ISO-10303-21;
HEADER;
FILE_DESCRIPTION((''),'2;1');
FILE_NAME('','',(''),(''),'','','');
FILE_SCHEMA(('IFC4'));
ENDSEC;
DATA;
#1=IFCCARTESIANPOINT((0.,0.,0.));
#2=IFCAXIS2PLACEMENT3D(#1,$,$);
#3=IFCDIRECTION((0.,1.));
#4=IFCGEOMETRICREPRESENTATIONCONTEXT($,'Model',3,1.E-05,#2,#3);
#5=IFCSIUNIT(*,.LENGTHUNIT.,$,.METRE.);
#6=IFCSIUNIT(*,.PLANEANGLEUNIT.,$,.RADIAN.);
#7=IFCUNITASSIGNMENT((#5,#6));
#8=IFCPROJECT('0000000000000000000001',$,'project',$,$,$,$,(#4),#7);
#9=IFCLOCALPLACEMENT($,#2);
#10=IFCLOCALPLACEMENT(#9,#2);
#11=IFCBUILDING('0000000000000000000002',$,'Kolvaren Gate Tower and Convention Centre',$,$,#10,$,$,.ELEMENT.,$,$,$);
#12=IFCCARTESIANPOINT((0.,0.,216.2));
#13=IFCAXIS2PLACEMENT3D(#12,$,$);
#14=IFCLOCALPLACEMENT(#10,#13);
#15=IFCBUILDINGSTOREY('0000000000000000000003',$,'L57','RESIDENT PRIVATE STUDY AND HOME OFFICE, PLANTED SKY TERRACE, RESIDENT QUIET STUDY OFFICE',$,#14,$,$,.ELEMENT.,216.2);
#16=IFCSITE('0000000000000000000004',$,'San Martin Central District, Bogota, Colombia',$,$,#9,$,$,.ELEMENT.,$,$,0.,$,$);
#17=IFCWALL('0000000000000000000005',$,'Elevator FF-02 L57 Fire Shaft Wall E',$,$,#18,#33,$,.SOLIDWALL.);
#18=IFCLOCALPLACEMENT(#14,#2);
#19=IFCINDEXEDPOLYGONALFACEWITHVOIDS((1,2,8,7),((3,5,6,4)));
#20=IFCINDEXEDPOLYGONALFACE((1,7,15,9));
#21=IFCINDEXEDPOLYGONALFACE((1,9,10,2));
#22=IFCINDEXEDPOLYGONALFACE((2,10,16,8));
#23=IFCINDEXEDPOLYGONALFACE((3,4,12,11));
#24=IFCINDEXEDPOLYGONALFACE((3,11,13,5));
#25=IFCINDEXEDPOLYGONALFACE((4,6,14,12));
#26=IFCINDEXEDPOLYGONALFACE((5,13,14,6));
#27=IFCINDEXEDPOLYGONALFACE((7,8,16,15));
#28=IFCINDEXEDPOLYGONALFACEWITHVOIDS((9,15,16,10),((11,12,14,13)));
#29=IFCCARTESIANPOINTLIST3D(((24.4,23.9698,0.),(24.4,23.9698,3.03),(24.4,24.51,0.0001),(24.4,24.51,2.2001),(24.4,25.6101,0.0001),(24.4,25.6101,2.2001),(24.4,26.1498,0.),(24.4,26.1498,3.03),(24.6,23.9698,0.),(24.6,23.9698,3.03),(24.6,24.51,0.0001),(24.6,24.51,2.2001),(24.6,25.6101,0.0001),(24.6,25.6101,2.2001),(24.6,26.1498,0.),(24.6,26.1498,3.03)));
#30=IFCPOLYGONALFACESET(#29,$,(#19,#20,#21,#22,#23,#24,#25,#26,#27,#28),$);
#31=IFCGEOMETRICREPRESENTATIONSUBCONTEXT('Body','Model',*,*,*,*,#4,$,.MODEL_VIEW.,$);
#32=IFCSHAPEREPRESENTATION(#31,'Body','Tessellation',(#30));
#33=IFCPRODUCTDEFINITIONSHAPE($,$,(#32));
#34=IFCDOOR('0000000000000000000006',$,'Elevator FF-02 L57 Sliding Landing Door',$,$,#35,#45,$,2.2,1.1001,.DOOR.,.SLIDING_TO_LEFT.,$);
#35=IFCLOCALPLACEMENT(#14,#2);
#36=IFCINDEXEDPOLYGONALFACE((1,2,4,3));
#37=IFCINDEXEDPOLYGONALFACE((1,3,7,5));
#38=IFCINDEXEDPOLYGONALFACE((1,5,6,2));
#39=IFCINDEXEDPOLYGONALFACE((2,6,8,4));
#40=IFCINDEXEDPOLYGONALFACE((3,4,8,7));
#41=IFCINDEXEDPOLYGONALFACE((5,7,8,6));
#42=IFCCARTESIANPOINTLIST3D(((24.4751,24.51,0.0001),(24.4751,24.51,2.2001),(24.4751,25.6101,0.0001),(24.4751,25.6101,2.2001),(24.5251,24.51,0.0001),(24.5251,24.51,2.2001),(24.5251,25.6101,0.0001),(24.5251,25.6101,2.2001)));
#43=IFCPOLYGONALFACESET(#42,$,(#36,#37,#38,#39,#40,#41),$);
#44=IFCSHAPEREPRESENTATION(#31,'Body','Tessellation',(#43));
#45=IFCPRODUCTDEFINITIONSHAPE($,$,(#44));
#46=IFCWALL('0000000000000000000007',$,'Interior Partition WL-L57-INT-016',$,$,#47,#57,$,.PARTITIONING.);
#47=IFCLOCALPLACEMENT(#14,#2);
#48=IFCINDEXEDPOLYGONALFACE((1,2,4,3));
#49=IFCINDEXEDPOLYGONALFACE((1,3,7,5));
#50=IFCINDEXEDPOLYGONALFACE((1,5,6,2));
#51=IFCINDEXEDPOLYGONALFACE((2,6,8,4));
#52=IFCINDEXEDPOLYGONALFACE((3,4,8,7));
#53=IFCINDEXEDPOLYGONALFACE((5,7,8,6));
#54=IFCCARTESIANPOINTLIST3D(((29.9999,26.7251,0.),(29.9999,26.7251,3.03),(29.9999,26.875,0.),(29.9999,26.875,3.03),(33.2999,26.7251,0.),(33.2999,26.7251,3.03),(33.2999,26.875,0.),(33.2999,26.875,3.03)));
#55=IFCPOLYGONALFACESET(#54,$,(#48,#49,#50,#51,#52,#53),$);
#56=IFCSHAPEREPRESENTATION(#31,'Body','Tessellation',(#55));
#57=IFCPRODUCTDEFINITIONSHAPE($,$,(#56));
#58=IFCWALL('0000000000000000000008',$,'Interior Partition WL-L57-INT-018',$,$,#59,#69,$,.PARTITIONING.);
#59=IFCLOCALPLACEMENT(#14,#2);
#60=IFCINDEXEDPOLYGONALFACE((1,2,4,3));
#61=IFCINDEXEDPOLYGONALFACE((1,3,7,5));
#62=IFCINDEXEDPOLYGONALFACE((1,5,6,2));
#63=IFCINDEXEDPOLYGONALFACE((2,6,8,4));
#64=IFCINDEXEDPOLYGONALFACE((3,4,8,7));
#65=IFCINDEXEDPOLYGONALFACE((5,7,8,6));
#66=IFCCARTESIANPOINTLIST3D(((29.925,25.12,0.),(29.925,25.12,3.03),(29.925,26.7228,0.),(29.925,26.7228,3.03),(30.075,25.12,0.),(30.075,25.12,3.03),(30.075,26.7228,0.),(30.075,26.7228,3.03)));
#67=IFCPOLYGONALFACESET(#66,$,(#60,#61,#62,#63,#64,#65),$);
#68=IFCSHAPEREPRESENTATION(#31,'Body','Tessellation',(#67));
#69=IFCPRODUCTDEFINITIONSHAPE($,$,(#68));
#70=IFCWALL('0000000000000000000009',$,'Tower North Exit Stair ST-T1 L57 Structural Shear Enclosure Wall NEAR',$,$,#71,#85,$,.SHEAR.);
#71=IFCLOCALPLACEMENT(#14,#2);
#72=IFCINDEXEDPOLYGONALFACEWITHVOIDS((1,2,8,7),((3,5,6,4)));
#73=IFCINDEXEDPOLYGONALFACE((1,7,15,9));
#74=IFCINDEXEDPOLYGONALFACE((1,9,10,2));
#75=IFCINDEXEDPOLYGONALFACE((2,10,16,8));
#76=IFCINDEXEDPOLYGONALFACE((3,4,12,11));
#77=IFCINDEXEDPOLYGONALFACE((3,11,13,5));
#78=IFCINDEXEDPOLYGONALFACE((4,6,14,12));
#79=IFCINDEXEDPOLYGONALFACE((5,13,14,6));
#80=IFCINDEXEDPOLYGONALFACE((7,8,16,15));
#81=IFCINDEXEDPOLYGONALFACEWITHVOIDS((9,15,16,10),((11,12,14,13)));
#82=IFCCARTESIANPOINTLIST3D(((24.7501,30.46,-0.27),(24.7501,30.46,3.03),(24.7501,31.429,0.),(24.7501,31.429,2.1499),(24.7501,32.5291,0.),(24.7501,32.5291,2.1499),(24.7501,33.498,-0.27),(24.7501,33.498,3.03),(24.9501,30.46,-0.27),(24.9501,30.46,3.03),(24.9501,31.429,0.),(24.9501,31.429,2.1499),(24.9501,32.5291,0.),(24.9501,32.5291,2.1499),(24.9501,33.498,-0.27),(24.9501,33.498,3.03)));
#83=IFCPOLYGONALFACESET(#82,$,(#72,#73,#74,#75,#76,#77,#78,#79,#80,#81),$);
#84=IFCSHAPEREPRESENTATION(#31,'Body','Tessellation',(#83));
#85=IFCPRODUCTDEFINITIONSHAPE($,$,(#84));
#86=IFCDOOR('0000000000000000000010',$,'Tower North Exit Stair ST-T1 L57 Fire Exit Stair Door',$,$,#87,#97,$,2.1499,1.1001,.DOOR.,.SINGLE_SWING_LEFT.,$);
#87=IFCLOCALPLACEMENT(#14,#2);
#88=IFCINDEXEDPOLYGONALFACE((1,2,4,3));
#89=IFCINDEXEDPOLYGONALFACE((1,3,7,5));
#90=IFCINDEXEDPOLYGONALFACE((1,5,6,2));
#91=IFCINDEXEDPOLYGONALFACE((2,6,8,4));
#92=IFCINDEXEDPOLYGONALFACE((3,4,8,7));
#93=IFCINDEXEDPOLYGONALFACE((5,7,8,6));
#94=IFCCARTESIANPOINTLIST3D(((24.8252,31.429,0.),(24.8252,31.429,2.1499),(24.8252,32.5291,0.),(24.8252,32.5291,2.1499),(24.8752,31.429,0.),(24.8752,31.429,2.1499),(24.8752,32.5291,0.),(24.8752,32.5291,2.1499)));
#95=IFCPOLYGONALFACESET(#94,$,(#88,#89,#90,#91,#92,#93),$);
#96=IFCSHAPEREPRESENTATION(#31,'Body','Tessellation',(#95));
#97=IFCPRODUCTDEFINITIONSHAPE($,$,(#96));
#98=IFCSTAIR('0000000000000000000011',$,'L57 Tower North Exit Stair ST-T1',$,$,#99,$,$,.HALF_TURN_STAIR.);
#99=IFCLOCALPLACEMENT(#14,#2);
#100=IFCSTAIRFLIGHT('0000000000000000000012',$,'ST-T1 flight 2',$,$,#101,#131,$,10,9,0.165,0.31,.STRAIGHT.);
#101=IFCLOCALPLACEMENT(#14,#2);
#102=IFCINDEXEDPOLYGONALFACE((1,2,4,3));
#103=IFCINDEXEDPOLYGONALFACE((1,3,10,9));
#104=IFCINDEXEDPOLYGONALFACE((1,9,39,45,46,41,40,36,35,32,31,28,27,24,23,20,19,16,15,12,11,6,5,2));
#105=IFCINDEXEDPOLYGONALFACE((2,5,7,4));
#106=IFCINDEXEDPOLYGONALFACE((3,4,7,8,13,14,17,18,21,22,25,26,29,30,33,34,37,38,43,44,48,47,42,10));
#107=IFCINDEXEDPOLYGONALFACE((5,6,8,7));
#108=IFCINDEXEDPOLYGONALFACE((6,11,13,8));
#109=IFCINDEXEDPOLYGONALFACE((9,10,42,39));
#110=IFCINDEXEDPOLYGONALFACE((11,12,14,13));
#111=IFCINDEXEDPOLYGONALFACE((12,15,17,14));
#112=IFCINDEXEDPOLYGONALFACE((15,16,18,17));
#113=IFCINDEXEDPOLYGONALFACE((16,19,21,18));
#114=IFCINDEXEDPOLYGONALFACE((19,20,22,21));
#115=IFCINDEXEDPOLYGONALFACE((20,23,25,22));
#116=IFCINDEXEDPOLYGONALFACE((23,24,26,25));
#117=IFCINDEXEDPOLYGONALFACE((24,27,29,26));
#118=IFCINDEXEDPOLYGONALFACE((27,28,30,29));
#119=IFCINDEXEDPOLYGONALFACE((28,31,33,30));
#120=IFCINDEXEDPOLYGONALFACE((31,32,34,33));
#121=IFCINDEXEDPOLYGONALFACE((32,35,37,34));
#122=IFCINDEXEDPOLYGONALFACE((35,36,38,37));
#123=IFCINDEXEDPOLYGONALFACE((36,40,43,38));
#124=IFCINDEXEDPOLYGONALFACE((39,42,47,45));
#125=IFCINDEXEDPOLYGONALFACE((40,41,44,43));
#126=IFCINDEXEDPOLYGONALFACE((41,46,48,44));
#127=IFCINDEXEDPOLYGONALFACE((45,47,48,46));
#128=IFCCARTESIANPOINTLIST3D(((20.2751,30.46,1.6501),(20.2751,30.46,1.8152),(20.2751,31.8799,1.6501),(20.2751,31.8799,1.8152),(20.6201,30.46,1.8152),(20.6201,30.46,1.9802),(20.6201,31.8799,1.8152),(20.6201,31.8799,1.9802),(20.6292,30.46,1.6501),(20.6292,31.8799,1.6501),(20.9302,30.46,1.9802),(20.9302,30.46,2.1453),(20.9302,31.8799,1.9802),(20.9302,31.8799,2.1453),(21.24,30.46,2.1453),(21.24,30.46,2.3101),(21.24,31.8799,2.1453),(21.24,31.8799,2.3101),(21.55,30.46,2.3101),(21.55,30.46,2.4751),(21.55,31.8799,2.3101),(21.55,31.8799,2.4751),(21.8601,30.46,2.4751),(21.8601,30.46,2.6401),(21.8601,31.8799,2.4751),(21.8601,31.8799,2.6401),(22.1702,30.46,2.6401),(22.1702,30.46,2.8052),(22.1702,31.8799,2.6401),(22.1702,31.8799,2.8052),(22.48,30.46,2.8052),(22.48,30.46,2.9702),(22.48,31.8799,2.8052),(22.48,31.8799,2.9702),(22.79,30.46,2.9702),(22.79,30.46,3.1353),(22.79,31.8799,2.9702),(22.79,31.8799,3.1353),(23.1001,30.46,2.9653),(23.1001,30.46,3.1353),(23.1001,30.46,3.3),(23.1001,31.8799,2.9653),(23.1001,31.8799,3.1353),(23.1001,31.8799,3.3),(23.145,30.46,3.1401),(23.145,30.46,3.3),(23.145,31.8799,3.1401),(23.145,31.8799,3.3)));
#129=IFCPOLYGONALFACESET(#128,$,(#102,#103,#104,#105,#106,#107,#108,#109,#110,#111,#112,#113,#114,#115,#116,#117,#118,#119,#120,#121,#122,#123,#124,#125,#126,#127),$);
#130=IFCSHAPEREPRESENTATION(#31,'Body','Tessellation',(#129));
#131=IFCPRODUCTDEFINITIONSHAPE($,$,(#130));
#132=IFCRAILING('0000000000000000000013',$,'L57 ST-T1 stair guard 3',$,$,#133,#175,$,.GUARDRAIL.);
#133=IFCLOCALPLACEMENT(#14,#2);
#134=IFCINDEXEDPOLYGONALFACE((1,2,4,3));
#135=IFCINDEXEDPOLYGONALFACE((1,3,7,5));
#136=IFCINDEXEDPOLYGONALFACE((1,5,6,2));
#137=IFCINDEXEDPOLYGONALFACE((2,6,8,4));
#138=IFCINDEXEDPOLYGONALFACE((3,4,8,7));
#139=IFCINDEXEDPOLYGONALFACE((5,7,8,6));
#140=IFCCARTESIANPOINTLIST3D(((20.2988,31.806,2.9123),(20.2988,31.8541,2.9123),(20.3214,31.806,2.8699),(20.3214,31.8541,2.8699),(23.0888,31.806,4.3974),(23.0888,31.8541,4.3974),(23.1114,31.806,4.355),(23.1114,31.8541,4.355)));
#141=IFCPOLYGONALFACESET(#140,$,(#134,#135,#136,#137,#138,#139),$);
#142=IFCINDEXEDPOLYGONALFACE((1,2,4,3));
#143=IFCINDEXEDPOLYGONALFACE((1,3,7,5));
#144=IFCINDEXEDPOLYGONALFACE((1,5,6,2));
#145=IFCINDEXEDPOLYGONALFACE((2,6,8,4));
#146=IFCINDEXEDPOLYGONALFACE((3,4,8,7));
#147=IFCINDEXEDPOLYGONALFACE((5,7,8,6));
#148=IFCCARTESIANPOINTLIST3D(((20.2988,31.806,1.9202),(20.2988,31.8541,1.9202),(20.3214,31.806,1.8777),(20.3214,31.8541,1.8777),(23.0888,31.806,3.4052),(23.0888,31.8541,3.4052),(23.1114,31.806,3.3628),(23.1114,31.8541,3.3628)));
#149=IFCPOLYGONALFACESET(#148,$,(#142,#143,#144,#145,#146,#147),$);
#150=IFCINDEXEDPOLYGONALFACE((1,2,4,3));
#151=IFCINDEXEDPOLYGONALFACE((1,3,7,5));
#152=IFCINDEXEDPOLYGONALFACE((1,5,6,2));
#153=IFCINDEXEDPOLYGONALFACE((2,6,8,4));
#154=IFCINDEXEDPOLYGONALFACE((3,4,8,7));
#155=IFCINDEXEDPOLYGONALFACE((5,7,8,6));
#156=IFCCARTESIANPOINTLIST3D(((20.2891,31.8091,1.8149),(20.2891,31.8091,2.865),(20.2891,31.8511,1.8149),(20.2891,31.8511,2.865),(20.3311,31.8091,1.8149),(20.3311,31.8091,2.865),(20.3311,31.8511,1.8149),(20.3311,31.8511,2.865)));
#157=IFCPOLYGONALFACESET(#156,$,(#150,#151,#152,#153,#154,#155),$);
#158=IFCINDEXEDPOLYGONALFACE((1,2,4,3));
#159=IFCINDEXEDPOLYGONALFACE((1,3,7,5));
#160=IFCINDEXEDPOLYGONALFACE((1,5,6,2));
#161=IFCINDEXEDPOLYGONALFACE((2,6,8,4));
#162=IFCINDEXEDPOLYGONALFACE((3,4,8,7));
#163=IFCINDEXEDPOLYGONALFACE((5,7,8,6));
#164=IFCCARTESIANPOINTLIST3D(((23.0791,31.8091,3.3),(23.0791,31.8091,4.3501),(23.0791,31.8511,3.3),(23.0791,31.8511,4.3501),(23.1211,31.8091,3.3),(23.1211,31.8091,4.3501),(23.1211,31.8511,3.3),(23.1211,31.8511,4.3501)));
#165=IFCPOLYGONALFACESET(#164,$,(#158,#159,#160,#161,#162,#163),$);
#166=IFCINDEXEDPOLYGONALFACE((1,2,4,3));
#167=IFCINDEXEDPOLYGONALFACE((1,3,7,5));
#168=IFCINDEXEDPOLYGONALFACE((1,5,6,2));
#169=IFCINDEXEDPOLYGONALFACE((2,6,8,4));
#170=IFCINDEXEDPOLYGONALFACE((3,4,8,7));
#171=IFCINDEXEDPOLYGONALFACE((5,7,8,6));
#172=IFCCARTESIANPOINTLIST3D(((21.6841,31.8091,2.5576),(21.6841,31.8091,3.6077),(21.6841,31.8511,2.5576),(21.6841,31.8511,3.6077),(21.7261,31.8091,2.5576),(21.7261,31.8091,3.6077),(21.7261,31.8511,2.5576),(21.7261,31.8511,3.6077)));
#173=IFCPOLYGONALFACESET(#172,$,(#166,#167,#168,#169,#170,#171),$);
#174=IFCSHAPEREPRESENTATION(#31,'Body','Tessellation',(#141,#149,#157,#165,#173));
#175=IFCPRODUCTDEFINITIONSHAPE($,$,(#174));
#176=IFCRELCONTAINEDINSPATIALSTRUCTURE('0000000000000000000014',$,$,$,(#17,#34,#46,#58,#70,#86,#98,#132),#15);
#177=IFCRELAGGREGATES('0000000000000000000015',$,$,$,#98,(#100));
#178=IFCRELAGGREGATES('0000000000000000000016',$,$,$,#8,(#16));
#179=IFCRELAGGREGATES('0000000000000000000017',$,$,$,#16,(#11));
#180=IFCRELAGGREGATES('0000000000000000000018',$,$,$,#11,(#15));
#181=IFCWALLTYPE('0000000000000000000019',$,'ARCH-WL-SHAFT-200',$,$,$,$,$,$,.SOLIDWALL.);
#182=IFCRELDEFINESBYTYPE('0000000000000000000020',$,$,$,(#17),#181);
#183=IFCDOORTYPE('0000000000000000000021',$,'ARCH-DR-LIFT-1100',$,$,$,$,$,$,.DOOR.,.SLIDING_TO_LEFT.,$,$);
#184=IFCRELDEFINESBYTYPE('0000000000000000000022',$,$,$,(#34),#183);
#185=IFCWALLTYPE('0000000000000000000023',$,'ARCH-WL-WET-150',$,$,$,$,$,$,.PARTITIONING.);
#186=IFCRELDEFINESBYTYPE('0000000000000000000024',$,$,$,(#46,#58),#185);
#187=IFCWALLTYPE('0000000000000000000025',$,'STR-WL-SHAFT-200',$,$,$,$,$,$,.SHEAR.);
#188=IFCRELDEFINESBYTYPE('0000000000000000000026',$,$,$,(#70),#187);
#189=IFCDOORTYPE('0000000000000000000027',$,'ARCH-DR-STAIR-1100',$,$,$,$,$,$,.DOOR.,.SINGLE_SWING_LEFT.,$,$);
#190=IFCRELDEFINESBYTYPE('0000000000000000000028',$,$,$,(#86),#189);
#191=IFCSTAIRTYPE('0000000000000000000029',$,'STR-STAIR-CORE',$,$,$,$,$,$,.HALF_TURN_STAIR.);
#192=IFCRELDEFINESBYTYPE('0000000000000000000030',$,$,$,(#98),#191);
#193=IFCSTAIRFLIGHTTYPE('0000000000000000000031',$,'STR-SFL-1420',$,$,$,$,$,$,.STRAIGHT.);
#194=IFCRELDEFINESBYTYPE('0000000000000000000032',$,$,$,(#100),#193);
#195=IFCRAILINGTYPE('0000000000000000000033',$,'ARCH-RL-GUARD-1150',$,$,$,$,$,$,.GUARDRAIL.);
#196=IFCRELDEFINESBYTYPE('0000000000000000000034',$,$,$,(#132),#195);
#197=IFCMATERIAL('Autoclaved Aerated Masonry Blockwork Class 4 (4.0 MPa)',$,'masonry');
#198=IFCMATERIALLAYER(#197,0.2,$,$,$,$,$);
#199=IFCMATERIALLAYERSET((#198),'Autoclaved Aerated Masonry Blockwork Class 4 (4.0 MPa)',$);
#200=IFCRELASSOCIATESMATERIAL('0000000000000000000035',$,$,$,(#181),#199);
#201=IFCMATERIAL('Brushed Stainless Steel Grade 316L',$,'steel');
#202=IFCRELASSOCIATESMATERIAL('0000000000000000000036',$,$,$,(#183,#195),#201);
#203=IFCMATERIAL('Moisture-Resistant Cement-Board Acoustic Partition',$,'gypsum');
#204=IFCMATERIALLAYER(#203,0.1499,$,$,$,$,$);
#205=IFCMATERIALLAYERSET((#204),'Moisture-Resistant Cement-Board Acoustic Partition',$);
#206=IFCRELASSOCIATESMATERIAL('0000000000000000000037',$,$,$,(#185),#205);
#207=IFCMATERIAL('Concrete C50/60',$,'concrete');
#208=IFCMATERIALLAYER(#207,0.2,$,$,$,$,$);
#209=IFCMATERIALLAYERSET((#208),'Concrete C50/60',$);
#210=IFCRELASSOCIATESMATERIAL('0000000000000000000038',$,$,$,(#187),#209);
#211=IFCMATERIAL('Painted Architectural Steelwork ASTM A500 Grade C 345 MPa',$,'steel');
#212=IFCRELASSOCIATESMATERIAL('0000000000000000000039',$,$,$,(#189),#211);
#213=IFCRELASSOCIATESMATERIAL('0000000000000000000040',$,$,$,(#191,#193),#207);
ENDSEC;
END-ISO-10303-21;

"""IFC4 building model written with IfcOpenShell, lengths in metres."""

from ifc_helpers import new_model, si_unit, direction, frame, frame_2d, origin, origin_2d, place, context, subcontext, project, spatial, polyline, rectangle, outline, extrude, material, layer, layer_set, type_object, element, fill, aggregate, save


model = new_model("IFC4")

# Units and contexts
model_context = context("Model", 3, precision=1e-05, world=origin(), true_north=direction((0.0, 1.0)))
body_context = subcontext(model_context, "Body", "Model", "MODEL_VIEW")
ifc_project = project(units=[si_unit("LENGTHUNIT", "METRE"), si_unit("PLANEANGLEUNIT", "RADIAN")], contexts=[model_context])

# Site, building, storey
site_placement = place(None, origin())
site = spatial("IfcSite", under=ifc_project, at=site_placement, Name="San Martin Central District, Bogota, Colombia", CompositionType="ELEMENT", RefElevation=0.0)
building_placement = place(site_placement, origin())
building = spatial("IfcBuilding", under=site, at=building_placement, Name="Kolvaren Gate Tower and Convention Centre", CompositionType="ELEMENT")
storey_placement = place(building_placement, frame((0.0, 0.0, 216.2)))
storey = spatial("IfcBuildingStorey", under=building, at=storey_placement, Name="L57", Description="RESIDENT PRIVATE STUDY AND HOME OFFICE, PLANTED SKY TERRACE, RESIDENT QUIET STUDY OFFICE", CompositionType="ELEMENT", Elevation=216.2)

# Shared definitions
ifc_material_1 = material(Name="Autoclaved Aerated Masonry Blockwork Class 4 (4.0 MPa)", Category="masonry")
ifc_layer_1 = layer(ifc_material_1, 0.2)
ifc_layer_set_1 = layer_set([ifc_layer_1], Name="Autoclaved Aerated Masonry Blockwork Class 4 (4.0 MPa)")
wall_type_1 = type_object("IfcWallType", Name="ARCH-WL-SHAFT-200", PredefinedType="SOLIDWALL", material=ifc_layer_set_1)

# Shared definitions
ifc_material_2 = material(Name="Brushed Stainless Steel Grade 316L", Category="steel")
door_type_1 = type_object("IfcDoorType", Name="ARCH-DR-LIFT-1100", OperationType="SLIDING_TO_LEFT", PredefinedType="DOOR", material=ifc_material_2)

# Wall, opening, door
wall_1_placement = place(storey_placement, frame((24.5, 23.97, 0.0), z_axis=(0.0, 0.0, 1.0), x_axis=(0.0, 1.0, 0.0)))
wall_1 = element("IfcWall", 1, at=wall_1_placement, inside=storey, type_object=wall_type_1, Name="Elevator FF-02 L57 Fire Shaft Wall E", PredefinedType="SOLIDWALL", context=body_context, shape_type="SweptSolid", body=[
    extrude(rectangle(XDim=2.1799, YDim=0.2, at=frame_2d((1.0898, 0.0))), origin(), (0.0, 0.0, 1.0), 3.03),
])
opening_1_placement = place(wall_1_placement, frame((0.54, 0.0, 0.0)))
opening_1 = element("IfcOpeningElement", 2, at=opening_1_placement, cuts=wall_1, PredefinedType="OPENING", context=body_context, shape_type="SweptSolid", body=[
    extrude(rectangle(XDim=1.1001, YDim=2.2, at=frame_2d((0.55, 1.1001))), frame((0.0, 0.1099, 0.0), z_axis=(0.0, -1.0, 0.0), x_axis=(1.0, 0.0, 0.0)), (0.0, 0.0, 1.0), 0.22),
])
door_1_placement = place(opening_1_placement, origin())
door_1 = element("IfcDoor", 3, at=door_1_placement, inside=storey, type_object=door_type_1, Name="Elevator FF-02 L57 Sliding Landing Door", OperationType="SLIDING_TO_LEFT", OverallHeight=2.2, OverallWidth=1.1001, PredefinedType="DOOR", context=body_context, shape_type="SweptSolid", body=[
    extrude(rectangle(XDim=1.1001, YDim=2.2, at=frame_2d((0.55, 1.1001))), frame((0.0, 0.0249, 0.0), z_axis=(0.0, -1.0, 0.0), x_axis=(1.0, 0.0, 0.0)), (0.0, 0.0, 1.0), 0.05),
])
fill(opening_1, door_1)

# Walls
ifc_material_3 = material(Name="Moisture-Resistant Cement-Board Acoustic Partition", Category="gypsum")
ifc_layer_2 = layer(ifc_material_3, 0.1499)
ifc_layer_set_2 = layer_set([ifc_layer_2], Name="Moisture-Resistant Cement-Board Acoustic Partition")
wall_type_2 = type_object("IfcWallType", Name="ARCH-WL-WET-150", PredefinedType="PARTITIONING", material=ifc_layer_set_2)
wall_2_placement = place(storey_placement, frame((30.0, 26.8, 0.0), z_axis=(0.0, 0.0, 1.0), x_axis=(1.0, 0.0, 0.0)))
element("IfcWall", 4, at=wall_2_placement, inside=storey, type_object=wall_type_2, Name="Interior Partition WL-L57-INT-016", PredefinedType="PARTITIONING", context=body_context, shape_type="SweptSolid", body=[
    extrude(rectangle(XDim=3.3, YDim=0.1499, at=frame_2d((1.6499, 0.0))), origin(), (0.0, 0.0, 1.0), 3.03),
])
wall_3_placement = place(storey_placement, frame((30.0, 25.1201, 0.0), z_axis=(0.0, 0.0, 1.0), x_axis=(0.0, 1.0, 0.0)))
element("IfcWall", 5, at=wall_3_placement, inside=storey, type_object=wall_type_2, Name="Interior Partition WL-L57-INT-018", PredefinedType="PARTITIONING", context=body_context, shape_type="SweptSolid", body=[
    extrude(rectangle(XDim=1.6028, YDim=0.1499, at=frame_2d((0.8013, 0.0))), origin(), (0.0, 0.0, 1.0), 3.03),
])

# Wall, opening, door
ifc_material_4 = material(Name="Concrete C50/60", Category="concrete")
ifc_layer_3 = layer(ifc_material_4, 0.2)
ifc_layer_set_3 = layer_set([ifc_layer_3], Name="Concrete C50/60")
wall_type_3 = type_object("IfcWallType", Name="STR-WL-SHAFT-200", PredefinedType="SHEAR", material=ifc_layer_set_3)
wall_4_placement = place(storey_placement, frame((24.8501, 30.46, -0.27), z_axis=(0.0, 0.0, 1.0), x_axis=(0.0, 1.0, 0.0)))
wall_4 = element("IfcWall", 6, at=wall_4_placement, inside=storey, type_object=wall_type_3, Name="Tower North Exit Stair ST-T1 L57 Structural Shear Enclosure Wall NEAR", PredefinedType="SHEAR", context=body_context, shape_type="SweptSolid", body=[
    extrude(rectangle(XDim=3.0381, YDim=0.2, at=frame_2d((1.519, 0.0))), origin(), (0.0, 0.0, 1.0), 3.3),
])
opening_2_placement = place(wall_4_placement, frame((0.969, 0.0, 0.27)))
opening_2 = element("IfcOpeningElement", 7, at=opening_2_placement, cuts=wall_4, PredefinedType="OPENING", context=body_context, shape_type="SweptSolid", body=[
    extrude(rectangle(XDim=1.1001, YDim=2.1499, at=frame_2d((0.55, 1.075))), frame((0.0, 0.1099, 0.0), z_axis=(0.0, -1.0, 0.0), x_axis=(1.0, 0.0, 0.0)), (0.0, 0.0, 1.0), 0.22),
])
ifc_material_5 = material(Name="Painted Architectural Steelwork ASTM A500 Grade C 345 MPa", Category="steel")
door_type_2 = type_object("IfcDoorType", Name="ARCH-DR-STAIR-1100", OperationType="SINGLE_SWING_LEFT", PredefinedType="DOOR", material=ifc_material_5)
door_2_placement = place(opening_2_placement, origin())
door_2 = element("IfcDoor", 8, at=door_2_placement, inside=storey, type_object=door_type_2, Name="Tower North Exit Stair ST-T1 L57 Fire Exit Stair Door", OperationType="SINGLE_SWING_LEFT", OverallHeight=2.1499, OverallWidth=1.1001, PredefinedType="DOOR", context=body_context, shape_type="SweptSolid", body=[
    extrude(rectangle(XDim=1.1001, YDim=2.1499, at=frame_2d((0.55, 1.075))), frame((0.0, 0.0249, 0.0), z_axis=(0.0, -1.0, 0.0), x_axis=(1.0, 0.0, 0.0)), (0.0, 0.0, 1.0), 0.05),
])
fill(opening_2, door_2)

# Stair, stair flight
stair_type = type_object("IfcStairType", Name="STR-STAIR-CORE", PredefinedType="HALF_TURN_STAIR", material=ifc_material_4)
stair_placement = place(storey_placement, origin())
stair = element("IfcStair", 9, at=stair_placement, inside=storey, type_object=stair_type, Name="L57 Tower North Exit Stair ST-T1", PredefinedType="HALF_TURN_STAIR")
stair_flight_type = type_object("IfcStairFlightType", Name="STR-SFL-1420", PredefinedType="STRAIGHT", material=ifc_material_4)
stair_flight_placement = place(storey_placement, frame((20.3101, 31.1699, 1.6501), z_axis=(0.0, 0.0, 1.0), x_axis=(1.0, 0.0, 0.0)))
stair_flight = element("IfcStairFlight", 10, at=stair_flight_placement, type_object=stair_flight_type, Name="ST-T1 flight 2", NumberOfRisers=10, NumberOfTreads=9, PredefinedType="STRAIGHT", RiserHeight=0.165, TreadLength=0.31, context=body_context, shape_type="SweptSolid", body=[
    extrude(outline(polyline([(-0.0349, 0.0), (-0.0349, 0.165), (0.3101, 0.165), (0.3101, 0.3301), (0.6201, 0.3301), (0.6201, 0.4951), (0.9299, 0.4951), (0.9299, 0.6599), (1.24, 0.6599), (1.24, 0.825), (1.55, 0.825), (1.55, 0.99), (1.8601, 0.99), (1.8601, 1.155), (2.1699, 1.155), (2.1699, 1.3201), (2.48, 1.3201), (2.48, 1.4851), (2.79, 1.4851), (2.79, 1.6499), (2.835, 1.6499), (2.835, 1.49), (2.79, 1.3152), (0.3191, 0.0), (-0.0349, 0.0)])), frame((0.0, 0.71, 0.0), z_axis=(0.0, -1.0, 0.0), x_axis=(1.0, 0.0, 0.0)), (0.0, 0.0, 1.0), 1.4199),
])
aggregate(stair, [stair_flight])

# Railing
railing_type_1 = type_object("IfcRailingType", Name="ARCH-RL-GUARD-1150", PredefinedType="GUARDRAIL", material=ifc_material_2)
railing_1_placement = place(storey_placement, frame((20.3101, 31.8301, 1.8149)))
element("IfcRailing", 11, at=railing_1_placement, inside=storey, type_object=railing_type_1, Name="L57 ST-T1 stair guard 3", PredefinedType="GUARDRAIL", context=body_context, shape_type="SweptSolid", body=[
    extrude(rectangle(XDim=0.0481, YDim=0.0481, at=origin_2d()), frame((0.0, 0.0, 1.0762), z_axis=(0.882735, 0.0, 0.46987), x_axis=(0.0, 1.0, 0.0)), (0.0, 0.0, 1.0), 3.1606),
    extrude(rectangle(XDim=0.0481, YDim=0.0481, at=origin_2d()), frame((0.0, 0.0, 0.084), z_axis=(0.882735, 0.0, 0.46987), x_axis=(0.0, 1.0, 0.0)), (0.0, 0.0, 1.0), 3.1606),
    extrude(rectangle(XDim=0.042, YDim=0.042, at=origin_2d()), origin(), (0.0, 0.0, 1.0), 1.05),
    extrude(rectangle(XDim=0.042, YDim=0.042, at=origin_2d()), frame((2.79, 0.0, 1.4851)), (0.0, 0.0, 1.0), 1.05),
    extrude(rectangle(XDim=0.042, YDim=0.042, at=origin_2d()), frame((1.395, 0.0, 0.7427)), (0.0, 0.0, 1.0), 1.05),
])

save(model, "model.ifc")
